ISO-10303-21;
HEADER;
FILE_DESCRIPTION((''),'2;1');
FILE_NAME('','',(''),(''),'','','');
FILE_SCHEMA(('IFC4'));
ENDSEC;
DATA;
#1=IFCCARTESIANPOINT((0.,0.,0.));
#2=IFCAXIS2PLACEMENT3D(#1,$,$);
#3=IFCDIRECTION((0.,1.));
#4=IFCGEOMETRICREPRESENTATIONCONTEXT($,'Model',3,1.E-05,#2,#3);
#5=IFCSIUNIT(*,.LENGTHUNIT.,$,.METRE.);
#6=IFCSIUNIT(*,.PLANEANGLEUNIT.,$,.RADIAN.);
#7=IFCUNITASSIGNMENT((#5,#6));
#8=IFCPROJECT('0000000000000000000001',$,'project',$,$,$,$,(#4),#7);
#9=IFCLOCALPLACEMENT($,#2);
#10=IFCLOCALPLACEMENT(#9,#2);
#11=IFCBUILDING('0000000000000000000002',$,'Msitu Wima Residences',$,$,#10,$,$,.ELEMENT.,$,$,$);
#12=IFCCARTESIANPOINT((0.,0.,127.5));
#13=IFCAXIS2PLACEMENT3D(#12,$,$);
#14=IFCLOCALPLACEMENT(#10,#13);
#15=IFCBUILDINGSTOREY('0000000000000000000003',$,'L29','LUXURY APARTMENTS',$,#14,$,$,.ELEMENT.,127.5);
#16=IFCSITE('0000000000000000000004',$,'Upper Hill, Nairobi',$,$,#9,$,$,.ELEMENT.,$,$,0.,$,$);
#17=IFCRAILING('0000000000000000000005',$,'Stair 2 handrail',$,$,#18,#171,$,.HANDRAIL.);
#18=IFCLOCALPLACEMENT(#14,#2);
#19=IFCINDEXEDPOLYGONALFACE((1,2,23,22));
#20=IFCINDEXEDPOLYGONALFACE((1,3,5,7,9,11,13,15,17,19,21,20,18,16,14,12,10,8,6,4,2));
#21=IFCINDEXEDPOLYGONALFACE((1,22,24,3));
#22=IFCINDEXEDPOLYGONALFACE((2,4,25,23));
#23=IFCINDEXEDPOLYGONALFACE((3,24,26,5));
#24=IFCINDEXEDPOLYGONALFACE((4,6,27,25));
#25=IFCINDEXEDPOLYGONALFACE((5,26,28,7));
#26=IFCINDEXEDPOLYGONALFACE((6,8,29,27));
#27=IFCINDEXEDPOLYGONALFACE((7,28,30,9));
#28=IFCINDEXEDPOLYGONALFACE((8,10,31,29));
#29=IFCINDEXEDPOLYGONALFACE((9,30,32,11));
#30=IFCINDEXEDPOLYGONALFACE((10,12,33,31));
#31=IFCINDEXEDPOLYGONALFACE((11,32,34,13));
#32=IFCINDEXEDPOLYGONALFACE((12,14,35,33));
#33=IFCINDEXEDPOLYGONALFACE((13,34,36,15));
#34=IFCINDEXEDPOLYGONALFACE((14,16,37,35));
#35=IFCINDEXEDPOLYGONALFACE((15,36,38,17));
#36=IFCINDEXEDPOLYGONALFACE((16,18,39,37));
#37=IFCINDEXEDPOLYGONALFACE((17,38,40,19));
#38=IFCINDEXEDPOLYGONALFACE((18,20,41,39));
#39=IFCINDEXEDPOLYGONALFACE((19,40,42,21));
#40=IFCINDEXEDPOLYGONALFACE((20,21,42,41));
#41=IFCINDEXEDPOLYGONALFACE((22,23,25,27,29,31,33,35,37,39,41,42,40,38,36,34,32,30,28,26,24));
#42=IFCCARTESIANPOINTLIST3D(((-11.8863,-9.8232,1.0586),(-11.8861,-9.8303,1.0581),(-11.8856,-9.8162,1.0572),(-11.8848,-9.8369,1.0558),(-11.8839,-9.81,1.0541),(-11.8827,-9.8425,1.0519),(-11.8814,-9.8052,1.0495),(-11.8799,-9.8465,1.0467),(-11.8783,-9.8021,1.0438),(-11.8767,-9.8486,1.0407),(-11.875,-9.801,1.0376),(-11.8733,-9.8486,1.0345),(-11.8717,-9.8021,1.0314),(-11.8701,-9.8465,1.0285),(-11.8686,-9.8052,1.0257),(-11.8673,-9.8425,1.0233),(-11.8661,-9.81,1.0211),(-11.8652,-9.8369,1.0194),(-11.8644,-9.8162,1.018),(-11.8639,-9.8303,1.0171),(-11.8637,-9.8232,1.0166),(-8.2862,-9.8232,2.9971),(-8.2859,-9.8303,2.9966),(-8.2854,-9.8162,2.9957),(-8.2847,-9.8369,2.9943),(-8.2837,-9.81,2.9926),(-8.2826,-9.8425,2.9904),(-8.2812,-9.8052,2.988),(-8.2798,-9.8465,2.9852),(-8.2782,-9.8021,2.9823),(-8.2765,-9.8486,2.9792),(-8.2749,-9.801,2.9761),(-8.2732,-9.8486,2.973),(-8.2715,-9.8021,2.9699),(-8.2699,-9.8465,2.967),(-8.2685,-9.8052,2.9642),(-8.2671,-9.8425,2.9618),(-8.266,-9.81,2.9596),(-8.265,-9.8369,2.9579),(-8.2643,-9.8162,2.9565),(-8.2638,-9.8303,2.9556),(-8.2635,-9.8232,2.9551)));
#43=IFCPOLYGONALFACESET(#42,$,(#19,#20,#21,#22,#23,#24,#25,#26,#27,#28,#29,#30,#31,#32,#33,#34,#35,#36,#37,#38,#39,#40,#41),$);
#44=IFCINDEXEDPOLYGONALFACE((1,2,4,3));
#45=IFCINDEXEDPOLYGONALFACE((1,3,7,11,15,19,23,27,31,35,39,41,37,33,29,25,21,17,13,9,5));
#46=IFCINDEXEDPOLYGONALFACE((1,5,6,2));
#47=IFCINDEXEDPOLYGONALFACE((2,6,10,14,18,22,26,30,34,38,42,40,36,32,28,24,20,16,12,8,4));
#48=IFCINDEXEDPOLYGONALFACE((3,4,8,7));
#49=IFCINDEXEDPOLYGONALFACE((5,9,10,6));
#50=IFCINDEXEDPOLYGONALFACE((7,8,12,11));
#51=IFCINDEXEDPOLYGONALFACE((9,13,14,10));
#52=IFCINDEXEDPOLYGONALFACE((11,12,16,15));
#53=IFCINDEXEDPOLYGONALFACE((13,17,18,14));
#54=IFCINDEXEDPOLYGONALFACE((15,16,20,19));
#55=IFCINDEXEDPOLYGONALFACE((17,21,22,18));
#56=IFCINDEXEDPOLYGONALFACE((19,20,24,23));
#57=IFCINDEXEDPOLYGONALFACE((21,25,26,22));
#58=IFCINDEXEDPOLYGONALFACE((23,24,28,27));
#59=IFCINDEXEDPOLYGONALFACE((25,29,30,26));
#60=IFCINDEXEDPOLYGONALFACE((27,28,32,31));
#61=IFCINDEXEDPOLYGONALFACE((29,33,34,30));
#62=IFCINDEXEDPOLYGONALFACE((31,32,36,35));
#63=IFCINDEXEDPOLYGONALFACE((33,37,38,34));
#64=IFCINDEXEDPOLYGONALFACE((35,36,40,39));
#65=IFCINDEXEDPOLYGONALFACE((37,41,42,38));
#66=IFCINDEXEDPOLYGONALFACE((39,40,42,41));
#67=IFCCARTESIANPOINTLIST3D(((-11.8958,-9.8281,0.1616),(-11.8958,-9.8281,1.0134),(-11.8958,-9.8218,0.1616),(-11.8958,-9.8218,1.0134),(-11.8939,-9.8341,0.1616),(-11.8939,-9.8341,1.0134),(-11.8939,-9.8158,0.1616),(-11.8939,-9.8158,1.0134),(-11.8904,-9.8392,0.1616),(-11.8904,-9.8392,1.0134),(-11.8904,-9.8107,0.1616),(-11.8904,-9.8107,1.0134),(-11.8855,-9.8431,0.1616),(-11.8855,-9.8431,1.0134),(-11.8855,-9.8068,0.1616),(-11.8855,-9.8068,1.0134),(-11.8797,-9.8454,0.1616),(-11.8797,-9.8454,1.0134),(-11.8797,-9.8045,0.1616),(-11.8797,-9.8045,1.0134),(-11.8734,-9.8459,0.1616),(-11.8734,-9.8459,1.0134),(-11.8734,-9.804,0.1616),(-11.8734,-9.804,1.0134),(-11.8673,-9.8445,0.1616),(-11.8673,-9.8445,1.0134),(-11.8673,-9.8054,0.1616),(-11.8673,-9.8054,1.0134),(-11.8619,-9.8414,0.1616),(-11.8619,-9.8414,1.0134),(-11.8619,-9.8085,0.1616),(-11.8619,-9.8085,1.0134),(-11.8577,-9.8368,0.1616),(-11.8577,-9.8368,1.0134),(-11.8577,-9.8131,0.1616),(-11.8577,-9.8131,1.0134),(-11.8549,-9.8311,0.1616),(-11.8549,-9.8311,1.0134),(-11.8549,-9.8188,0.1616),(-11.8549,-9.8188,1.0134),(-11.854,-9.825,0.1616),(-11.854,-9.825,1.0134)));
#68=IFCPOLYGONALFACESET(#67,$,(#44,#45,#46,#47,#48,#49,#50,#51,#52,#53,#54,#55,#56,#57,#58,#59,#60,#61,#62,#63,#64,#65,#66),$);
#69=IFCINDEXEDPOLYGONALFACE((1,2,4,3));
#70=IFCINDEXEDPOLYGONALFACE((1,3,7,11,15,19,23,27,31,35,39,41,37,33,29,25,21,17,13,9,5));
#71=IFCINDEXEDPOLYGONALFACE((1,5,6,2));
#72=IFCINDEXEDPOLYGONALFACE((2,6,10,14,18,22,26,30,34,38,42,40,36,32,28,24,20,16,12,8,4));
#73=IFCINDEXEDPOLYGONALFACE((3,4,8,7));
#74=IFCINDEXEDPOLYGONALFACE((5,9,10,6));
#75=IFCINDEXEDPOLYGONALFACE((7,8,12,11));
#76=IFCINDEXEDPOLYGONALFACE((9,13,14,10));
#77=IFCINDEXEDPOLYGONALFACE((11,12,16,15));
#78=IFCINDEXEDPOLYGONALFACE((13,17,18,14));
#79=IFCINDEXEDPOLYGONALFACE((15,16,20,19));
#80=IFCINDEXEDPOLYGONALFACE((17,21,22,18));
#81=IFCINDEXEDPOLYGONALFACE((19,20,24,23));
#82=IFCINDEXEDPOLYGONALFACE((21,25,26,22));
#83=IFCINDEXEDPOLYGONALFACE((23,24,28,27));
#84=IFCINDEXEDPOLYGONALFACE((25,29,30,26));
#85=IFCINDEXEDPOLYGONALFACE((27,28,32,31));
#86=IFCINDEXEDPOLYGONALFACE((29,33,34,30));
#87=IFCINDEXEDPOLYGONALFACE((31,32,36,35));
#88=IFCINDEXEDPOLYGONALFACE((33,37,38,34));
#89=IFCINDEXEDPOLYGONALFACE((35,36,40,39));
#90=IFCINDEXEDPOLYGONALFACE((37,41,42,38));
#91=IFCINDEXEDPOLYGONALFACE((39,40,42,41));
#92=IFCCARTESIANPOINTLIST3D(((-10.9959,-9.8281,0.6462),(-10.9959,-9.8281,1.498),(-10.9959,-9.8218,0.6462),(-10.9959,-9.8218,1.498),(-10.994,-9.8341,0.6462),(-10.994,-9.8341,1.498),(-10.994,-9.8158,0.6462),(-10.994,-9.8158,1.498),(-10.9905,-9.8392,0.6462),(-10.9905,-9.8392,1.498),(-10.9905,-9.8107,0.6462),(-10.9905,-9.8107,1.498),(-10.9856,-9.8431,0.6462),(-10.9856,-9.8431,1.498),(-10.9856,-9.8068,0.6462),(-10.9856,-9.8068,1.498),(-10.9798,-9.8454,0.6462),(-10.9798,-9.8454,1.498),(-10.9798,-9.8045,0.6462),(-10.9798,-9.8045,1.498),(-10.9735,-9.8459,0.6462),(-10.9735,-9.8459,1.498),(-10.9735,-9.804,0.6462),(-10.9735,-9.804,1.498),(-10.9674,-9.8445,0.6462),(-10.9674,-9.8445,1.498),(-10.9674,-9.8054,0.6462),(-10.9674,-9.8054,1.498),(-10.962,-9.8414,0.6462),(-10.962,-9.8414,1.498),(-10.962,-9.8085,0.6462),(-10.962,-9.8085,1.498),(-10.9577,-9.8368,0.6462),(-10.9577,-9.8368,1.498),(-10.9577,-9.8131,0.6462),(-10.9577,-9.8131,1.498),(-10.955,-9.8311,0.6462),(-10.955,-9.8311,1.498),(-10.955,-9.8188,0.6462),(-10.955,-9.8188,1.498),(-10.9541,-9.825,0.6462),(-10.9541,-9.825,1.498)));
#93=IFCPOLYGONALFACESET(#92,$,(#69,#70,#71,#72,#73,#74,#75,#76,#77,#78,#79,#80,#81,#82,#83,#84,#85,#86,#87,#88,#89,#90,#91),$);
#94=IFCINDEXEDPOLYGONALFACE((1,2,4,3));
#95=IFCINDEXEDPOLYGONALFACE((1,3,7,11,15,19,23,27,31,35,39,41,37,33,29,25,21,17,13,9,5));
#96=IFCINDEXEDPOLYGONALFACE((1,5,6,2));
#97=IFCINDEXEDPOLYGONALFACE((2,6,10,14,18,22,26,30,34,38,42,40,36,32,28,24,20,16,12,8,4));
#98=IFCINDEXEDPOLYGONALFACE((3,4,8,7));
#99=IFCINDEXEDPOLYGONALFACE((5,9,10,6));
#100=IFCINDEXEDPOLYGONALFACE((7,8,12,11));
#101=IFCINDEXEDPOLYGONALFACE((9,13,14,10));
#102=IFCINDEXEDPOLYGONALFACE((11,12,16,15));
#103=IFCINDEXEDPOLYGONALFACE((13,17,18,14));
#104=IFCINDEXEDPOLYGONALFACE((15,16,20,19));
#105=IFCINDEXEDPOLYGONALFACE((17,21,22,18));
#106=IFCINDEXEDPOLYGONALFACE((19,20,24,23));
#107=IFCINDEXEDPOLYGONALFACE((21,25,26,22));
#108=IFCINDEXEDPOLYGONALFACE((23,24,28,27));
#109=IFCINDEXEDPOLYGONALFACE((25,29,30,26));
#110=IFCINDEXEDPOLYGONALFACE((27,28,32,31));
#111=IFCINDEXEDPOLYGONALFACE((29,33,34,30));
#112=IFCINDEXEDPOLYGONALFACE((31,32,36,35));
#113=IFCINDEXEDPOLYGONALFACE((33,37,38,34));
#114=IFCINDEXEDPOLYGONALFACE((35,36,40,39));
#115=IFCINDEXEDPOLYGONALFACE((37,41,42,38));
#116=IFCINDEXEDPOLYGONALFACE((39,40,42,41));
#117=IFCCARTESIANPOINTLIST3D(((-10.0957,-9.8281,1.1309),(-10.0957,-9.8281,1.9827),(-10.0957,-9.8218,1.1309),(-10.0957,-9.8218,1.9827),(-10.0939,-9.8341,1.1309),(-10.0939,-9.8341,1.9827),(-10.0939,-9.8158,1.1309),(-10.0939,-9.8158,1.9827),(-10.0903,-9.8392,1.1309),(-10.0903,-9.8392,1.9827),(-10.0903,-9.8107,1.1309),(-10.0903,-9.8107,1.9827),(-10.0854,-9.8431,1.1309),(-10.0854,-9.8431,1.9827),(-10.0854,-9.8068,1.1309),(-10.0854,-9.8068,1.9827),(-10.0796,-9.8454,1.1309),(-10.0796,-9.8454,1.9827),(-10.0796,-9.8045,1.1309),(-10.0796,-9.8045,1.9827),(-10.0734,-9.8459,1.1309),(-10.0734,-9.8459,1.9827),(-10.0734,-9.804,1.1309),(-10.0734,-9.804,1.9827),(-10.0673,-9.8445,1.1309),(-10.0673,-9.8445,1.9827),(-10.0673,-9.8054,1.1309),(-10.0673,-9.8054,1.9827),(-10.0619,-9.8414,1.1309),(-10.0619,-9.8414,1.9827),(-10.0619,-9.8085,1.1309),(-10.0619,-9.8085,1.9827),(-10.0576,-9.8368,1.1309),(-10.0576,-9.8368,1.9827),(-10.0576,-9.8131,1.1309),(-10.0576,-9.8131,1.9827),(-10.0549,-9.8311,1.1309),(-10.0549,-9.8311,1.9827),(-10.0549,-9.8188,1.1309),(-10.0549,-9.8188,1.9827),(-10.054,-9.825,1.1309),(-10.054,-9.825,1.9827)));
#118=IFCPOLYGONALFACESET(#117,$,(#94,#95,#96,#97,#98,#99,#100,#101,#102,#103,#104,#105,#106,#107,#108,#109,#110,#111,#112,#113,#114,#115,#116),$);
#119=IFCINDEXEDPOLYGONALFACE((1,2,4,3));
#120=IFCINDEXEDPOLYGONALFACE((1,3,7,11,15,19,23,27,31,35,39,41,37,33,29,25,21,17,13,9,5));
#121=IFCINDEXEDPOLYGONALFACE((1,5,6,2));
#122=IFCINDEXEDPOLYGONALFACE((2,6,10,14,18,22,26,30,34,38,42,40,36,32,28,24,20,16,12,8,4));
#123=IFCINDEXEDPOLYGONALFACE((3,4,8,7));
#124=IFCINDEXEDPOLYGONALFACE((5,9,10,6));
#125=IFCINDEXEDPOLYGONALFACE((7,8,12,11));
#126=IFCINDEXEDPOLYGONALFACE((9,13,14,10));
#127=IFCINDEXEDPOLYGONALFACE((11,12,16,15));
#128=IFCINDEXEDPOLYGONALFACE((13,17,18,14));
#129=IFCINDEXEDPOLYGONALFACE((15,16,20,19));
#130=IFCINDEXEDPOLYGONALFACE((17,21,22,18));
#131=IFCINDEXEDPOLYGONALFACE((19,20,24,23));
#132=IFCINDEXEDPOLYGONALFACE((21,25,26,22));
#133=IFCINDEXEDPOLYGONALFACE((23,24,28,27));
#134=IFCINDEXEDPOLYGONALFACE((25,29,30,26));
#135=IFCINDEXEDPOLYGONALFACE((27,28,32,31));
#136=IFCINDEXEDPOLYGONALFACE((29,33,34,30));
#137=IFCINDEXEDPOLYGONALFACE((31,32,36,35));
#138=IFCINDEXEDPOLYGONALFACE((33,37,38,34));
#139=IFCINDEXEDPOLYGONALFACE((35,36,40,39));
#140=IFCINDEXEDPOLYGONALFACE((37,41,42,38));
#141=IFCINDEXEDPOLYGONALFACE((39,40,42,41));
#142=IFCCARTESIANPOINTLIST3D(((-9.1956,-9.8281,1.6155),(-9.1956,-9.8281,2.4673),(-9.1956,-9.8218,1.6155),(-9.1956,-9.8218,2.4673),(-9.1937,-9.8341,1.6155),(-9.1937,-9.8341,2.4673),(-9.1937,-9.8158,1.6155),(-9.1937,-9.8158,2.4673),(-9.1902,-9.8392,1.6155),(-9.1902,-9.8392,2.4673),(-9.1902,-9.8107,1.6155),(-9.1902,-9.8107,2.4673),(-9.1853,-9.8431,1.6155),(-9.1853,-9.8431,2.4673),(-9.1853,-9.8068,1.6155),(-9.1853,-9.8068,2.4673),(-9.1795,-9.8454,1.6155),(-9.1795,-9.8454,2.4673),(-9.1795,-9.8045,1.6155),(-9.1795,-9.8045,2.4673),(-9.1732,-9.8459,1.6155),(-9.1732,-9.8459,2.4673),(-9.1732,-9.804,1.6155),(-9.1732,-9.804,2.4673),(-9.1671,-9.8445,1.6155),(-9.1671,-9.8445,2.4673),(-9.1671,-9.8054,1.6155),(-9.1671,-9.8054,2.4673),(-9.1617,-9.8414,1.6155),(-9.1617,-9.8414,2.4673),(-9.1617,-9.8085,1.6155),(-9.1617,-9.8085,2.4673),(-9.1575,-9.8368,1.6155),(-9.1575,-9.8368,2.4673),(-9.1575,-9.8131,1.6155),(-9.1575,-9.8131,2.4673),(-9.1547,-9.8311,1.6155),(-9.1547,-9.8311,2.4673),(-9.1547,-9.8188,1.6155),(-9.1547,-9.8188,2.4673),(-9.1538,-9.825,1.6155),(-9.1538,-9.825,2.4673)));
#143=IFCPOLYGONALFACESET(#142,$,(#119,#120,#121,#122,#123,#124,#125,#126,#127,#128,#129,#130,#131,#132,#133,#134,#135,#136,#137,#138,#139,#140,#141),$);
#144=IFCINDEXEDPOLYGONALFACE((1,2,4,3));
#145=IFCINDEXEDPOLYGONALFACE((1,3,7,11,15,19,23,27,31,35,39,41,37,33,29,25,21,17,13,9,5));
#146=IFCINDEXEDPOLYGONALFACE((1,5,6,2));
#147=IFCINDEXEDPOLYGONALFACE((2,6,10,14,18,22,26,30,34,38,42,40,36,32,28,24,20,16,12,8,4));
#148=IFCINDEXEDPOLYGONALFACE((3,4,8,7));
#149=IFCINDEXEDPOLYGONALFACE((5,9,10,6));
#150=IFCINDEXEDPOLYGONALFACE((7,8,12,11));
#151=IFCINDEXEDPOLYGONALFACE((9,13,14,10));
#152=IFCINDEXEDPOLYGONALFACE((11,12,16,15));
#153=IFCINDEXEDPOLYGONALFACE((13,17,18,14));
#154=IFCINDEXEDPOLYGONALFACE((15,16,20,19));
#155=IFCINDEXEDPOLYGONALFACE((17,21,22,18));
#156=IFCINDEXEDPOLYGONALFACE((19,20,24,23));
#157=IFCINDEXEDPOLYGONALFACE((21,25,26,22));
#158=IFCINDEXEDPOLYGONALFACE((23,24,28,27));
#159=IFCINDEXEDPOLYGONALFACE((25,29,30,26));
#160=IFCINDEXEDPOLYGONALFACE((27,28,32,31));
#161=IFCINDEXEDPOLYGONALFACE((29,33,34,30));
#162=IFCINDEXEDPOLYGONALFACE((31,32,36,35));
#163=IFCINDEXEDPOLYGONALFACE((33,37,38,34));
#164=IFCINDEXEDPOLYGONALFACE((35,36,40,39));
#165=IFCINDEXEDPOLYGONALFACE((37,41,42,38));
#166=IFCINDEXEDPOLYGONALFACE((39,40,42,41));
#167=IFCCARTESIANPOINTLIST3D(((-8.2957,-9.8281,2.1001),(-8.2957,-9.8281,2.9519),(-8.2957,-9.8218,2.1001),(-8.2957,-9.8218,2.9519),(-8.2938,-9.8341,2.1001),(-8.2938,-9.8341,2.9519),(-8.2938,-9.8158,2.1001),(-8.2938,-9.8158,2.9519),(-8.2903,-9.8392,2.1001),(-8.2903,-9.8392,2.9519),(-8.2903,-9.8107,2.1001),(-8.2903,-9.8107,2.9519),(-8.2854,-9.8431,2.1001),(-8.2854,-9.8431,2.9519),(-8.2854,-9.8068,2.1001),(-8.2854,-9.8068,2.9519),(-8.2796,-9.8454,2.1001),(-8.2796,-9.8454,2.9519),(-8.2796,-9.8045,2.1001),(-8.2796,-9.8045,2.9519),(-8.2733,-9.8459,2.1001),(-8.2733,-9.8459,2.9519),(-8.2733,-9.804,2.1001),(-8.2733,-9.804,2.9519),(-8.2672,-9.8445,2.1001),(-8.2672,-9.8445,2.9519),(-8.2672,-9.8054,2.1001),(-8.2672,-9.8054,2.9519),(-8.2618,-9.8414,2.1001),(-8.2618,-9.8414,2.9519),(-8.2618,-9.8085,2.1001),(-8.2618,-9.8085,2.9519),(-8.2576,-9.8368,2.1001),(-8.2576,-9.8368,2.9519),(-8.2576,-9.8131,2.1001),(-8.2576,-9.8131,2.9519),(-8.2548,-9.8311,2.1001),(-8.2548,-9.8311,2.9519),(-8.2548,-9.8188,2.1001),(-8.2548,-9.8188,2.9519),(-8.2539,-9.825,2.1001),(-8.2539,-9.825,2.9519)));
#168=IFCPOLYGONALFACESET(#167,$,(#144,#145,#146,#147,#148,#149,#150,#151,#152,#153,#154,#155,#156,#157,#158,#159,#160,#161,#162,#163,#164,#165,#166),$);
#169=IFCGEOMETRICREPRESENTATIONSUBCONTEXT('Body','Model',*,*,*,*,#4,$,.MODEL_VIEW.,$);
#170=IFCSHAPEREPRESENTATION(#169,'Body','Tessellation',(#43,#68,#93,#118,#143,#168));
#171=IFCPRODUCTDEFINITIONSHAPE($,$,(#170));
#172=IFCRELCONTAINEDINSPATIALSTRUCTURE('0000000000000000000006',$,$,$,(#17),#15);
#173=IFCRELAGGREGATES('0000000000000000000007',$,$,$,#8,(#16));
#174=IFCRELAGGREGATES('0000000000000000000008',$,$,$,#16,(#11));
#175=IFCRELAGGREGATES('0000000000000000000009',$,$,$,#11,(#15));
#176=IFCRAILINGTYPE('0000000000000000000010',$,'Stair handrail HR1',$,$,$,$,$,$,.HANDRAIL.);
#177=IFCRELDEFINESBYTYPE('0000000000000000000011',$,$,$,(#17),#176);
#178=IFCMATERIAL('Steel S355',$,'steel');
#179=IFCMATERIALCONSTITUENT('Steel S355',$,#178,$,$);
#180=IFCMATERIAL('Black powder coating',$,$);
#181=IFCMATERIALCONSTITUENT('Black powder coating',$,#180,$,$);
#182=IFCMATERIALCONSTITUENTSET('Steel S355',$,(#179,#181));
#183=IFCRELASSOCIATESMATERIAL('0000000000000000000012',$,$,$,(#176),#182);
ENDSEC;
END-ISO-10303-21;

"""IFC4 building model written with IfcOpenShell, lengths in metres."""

from ifc_helpers import new_model, si_unit, direction, frame, origin, origin_2d, place, context, subcontext, project, spatial, circle, extrude, material, constituent, constituent_set, type_object, element, save


model = new_model("IFC4")

# Units and contexts
model_context = context("Model", 3, precision=1e-05, world=origin(), true_north=direction((0.0, 1.0)))
body_context = subcontext(model_context, "Body", "Model", "MODEL_VIEW")
ifc_project = project(units=[si_unit("LENGTHUNIT", "METRE"), si_unit("PLANEANGLEUNIT", "RADIAN")], contexts=[model_context])

# Site, building, storey
site_placement = place(None, origin())
site = spatial("IfcSite", under=ifc_project, at=site_placement, Name="Upper Hill, Nairobi", CompositionType="ELEMENT", RefElevation=0.0)
building_placement = place(site_placement, origin())
building = spatial("IfcBuilding", under=site, at=building_placement, Name="Msitu Wima Residences", CompositionType="ELEMENT")
storey_placement = place(building_placement, frame((0.0, 0.0, 127.5)))
storey = spatial("IfcBuildingStorey", under=building, at=storey_placement, Name="L29", Description="LUXURY APARTMENTS", CompositionType="ELEMENT", Elevation=127.5)

# Railing
ifc_material_1 = material(Name="Steel S355", Category="steel")
ifc_constituent_1 = constituent(ifc_material_1, Name="Steel S355")
ifc_material_2 = material(Name="Black powder coating")
ifc_constituent_2 = constituent(ifc_material_2, Name="Black powder coating")
ifc_constituent_set = constituent_set(constituents=[ifc_constituent_1, ifc_constituent_2], Name="Steel S355")
railing_type = type_object("IfcRailingType", Name="Stair handrail HR1", PredefinedType="HANDRAIL", material=ifc_constituent_set)
for number, where, name in (
    (1, (-11.875, -9.825, 0.1616), "Stair 2 handrail"),
):
    element("IfcRailing", number, at=place(storey_placement, frame(where)), inside=storey, type_object=railing_type, Name=name, PredefinedType="HANDRAIL", context=body_context, shape_type="SweptSolid", body=[
        extrude(circle(Radius=0.0239, at=origin_2d()), frame((0.0, 0.0, 0.876), z_axis=(0.880475, 0.0, 0.474093), x_axis=(0.0, 1.0, 0.0)), (0.0, 0.0, 1.0), 4.0889),
        extrude(circle(Radius=0.021, at=origin_2d()), origin(), (0.0, 0.0, 1.0), 0.8518),
        extrude(circle(Radius=0.021, at=origin_2d()), frame((0.8999, 0.0, 0.4846)), (0.0, 0.0, 1.0), 0.8518),
        extrude(circle(Radius=0.021, at=origin_2d()), frame((1.8, 0.0, 0.9692)), (0.0, 0.0, 1.0), 0.8518),
        extrude(circle(Radius=0.021, at=origin_2d()), frame((2.7002, 0.0, 1.4539)), (0.0, 0.0, 1.0), 0.8518),
        extrude(circle(Radius=0.021, at=origin_2d()), frame((3.6001, 0.0, 1.9385)), (0.0, 0.0, 1.0), 0.8518),
    ])

save(model, "model.ifc")
